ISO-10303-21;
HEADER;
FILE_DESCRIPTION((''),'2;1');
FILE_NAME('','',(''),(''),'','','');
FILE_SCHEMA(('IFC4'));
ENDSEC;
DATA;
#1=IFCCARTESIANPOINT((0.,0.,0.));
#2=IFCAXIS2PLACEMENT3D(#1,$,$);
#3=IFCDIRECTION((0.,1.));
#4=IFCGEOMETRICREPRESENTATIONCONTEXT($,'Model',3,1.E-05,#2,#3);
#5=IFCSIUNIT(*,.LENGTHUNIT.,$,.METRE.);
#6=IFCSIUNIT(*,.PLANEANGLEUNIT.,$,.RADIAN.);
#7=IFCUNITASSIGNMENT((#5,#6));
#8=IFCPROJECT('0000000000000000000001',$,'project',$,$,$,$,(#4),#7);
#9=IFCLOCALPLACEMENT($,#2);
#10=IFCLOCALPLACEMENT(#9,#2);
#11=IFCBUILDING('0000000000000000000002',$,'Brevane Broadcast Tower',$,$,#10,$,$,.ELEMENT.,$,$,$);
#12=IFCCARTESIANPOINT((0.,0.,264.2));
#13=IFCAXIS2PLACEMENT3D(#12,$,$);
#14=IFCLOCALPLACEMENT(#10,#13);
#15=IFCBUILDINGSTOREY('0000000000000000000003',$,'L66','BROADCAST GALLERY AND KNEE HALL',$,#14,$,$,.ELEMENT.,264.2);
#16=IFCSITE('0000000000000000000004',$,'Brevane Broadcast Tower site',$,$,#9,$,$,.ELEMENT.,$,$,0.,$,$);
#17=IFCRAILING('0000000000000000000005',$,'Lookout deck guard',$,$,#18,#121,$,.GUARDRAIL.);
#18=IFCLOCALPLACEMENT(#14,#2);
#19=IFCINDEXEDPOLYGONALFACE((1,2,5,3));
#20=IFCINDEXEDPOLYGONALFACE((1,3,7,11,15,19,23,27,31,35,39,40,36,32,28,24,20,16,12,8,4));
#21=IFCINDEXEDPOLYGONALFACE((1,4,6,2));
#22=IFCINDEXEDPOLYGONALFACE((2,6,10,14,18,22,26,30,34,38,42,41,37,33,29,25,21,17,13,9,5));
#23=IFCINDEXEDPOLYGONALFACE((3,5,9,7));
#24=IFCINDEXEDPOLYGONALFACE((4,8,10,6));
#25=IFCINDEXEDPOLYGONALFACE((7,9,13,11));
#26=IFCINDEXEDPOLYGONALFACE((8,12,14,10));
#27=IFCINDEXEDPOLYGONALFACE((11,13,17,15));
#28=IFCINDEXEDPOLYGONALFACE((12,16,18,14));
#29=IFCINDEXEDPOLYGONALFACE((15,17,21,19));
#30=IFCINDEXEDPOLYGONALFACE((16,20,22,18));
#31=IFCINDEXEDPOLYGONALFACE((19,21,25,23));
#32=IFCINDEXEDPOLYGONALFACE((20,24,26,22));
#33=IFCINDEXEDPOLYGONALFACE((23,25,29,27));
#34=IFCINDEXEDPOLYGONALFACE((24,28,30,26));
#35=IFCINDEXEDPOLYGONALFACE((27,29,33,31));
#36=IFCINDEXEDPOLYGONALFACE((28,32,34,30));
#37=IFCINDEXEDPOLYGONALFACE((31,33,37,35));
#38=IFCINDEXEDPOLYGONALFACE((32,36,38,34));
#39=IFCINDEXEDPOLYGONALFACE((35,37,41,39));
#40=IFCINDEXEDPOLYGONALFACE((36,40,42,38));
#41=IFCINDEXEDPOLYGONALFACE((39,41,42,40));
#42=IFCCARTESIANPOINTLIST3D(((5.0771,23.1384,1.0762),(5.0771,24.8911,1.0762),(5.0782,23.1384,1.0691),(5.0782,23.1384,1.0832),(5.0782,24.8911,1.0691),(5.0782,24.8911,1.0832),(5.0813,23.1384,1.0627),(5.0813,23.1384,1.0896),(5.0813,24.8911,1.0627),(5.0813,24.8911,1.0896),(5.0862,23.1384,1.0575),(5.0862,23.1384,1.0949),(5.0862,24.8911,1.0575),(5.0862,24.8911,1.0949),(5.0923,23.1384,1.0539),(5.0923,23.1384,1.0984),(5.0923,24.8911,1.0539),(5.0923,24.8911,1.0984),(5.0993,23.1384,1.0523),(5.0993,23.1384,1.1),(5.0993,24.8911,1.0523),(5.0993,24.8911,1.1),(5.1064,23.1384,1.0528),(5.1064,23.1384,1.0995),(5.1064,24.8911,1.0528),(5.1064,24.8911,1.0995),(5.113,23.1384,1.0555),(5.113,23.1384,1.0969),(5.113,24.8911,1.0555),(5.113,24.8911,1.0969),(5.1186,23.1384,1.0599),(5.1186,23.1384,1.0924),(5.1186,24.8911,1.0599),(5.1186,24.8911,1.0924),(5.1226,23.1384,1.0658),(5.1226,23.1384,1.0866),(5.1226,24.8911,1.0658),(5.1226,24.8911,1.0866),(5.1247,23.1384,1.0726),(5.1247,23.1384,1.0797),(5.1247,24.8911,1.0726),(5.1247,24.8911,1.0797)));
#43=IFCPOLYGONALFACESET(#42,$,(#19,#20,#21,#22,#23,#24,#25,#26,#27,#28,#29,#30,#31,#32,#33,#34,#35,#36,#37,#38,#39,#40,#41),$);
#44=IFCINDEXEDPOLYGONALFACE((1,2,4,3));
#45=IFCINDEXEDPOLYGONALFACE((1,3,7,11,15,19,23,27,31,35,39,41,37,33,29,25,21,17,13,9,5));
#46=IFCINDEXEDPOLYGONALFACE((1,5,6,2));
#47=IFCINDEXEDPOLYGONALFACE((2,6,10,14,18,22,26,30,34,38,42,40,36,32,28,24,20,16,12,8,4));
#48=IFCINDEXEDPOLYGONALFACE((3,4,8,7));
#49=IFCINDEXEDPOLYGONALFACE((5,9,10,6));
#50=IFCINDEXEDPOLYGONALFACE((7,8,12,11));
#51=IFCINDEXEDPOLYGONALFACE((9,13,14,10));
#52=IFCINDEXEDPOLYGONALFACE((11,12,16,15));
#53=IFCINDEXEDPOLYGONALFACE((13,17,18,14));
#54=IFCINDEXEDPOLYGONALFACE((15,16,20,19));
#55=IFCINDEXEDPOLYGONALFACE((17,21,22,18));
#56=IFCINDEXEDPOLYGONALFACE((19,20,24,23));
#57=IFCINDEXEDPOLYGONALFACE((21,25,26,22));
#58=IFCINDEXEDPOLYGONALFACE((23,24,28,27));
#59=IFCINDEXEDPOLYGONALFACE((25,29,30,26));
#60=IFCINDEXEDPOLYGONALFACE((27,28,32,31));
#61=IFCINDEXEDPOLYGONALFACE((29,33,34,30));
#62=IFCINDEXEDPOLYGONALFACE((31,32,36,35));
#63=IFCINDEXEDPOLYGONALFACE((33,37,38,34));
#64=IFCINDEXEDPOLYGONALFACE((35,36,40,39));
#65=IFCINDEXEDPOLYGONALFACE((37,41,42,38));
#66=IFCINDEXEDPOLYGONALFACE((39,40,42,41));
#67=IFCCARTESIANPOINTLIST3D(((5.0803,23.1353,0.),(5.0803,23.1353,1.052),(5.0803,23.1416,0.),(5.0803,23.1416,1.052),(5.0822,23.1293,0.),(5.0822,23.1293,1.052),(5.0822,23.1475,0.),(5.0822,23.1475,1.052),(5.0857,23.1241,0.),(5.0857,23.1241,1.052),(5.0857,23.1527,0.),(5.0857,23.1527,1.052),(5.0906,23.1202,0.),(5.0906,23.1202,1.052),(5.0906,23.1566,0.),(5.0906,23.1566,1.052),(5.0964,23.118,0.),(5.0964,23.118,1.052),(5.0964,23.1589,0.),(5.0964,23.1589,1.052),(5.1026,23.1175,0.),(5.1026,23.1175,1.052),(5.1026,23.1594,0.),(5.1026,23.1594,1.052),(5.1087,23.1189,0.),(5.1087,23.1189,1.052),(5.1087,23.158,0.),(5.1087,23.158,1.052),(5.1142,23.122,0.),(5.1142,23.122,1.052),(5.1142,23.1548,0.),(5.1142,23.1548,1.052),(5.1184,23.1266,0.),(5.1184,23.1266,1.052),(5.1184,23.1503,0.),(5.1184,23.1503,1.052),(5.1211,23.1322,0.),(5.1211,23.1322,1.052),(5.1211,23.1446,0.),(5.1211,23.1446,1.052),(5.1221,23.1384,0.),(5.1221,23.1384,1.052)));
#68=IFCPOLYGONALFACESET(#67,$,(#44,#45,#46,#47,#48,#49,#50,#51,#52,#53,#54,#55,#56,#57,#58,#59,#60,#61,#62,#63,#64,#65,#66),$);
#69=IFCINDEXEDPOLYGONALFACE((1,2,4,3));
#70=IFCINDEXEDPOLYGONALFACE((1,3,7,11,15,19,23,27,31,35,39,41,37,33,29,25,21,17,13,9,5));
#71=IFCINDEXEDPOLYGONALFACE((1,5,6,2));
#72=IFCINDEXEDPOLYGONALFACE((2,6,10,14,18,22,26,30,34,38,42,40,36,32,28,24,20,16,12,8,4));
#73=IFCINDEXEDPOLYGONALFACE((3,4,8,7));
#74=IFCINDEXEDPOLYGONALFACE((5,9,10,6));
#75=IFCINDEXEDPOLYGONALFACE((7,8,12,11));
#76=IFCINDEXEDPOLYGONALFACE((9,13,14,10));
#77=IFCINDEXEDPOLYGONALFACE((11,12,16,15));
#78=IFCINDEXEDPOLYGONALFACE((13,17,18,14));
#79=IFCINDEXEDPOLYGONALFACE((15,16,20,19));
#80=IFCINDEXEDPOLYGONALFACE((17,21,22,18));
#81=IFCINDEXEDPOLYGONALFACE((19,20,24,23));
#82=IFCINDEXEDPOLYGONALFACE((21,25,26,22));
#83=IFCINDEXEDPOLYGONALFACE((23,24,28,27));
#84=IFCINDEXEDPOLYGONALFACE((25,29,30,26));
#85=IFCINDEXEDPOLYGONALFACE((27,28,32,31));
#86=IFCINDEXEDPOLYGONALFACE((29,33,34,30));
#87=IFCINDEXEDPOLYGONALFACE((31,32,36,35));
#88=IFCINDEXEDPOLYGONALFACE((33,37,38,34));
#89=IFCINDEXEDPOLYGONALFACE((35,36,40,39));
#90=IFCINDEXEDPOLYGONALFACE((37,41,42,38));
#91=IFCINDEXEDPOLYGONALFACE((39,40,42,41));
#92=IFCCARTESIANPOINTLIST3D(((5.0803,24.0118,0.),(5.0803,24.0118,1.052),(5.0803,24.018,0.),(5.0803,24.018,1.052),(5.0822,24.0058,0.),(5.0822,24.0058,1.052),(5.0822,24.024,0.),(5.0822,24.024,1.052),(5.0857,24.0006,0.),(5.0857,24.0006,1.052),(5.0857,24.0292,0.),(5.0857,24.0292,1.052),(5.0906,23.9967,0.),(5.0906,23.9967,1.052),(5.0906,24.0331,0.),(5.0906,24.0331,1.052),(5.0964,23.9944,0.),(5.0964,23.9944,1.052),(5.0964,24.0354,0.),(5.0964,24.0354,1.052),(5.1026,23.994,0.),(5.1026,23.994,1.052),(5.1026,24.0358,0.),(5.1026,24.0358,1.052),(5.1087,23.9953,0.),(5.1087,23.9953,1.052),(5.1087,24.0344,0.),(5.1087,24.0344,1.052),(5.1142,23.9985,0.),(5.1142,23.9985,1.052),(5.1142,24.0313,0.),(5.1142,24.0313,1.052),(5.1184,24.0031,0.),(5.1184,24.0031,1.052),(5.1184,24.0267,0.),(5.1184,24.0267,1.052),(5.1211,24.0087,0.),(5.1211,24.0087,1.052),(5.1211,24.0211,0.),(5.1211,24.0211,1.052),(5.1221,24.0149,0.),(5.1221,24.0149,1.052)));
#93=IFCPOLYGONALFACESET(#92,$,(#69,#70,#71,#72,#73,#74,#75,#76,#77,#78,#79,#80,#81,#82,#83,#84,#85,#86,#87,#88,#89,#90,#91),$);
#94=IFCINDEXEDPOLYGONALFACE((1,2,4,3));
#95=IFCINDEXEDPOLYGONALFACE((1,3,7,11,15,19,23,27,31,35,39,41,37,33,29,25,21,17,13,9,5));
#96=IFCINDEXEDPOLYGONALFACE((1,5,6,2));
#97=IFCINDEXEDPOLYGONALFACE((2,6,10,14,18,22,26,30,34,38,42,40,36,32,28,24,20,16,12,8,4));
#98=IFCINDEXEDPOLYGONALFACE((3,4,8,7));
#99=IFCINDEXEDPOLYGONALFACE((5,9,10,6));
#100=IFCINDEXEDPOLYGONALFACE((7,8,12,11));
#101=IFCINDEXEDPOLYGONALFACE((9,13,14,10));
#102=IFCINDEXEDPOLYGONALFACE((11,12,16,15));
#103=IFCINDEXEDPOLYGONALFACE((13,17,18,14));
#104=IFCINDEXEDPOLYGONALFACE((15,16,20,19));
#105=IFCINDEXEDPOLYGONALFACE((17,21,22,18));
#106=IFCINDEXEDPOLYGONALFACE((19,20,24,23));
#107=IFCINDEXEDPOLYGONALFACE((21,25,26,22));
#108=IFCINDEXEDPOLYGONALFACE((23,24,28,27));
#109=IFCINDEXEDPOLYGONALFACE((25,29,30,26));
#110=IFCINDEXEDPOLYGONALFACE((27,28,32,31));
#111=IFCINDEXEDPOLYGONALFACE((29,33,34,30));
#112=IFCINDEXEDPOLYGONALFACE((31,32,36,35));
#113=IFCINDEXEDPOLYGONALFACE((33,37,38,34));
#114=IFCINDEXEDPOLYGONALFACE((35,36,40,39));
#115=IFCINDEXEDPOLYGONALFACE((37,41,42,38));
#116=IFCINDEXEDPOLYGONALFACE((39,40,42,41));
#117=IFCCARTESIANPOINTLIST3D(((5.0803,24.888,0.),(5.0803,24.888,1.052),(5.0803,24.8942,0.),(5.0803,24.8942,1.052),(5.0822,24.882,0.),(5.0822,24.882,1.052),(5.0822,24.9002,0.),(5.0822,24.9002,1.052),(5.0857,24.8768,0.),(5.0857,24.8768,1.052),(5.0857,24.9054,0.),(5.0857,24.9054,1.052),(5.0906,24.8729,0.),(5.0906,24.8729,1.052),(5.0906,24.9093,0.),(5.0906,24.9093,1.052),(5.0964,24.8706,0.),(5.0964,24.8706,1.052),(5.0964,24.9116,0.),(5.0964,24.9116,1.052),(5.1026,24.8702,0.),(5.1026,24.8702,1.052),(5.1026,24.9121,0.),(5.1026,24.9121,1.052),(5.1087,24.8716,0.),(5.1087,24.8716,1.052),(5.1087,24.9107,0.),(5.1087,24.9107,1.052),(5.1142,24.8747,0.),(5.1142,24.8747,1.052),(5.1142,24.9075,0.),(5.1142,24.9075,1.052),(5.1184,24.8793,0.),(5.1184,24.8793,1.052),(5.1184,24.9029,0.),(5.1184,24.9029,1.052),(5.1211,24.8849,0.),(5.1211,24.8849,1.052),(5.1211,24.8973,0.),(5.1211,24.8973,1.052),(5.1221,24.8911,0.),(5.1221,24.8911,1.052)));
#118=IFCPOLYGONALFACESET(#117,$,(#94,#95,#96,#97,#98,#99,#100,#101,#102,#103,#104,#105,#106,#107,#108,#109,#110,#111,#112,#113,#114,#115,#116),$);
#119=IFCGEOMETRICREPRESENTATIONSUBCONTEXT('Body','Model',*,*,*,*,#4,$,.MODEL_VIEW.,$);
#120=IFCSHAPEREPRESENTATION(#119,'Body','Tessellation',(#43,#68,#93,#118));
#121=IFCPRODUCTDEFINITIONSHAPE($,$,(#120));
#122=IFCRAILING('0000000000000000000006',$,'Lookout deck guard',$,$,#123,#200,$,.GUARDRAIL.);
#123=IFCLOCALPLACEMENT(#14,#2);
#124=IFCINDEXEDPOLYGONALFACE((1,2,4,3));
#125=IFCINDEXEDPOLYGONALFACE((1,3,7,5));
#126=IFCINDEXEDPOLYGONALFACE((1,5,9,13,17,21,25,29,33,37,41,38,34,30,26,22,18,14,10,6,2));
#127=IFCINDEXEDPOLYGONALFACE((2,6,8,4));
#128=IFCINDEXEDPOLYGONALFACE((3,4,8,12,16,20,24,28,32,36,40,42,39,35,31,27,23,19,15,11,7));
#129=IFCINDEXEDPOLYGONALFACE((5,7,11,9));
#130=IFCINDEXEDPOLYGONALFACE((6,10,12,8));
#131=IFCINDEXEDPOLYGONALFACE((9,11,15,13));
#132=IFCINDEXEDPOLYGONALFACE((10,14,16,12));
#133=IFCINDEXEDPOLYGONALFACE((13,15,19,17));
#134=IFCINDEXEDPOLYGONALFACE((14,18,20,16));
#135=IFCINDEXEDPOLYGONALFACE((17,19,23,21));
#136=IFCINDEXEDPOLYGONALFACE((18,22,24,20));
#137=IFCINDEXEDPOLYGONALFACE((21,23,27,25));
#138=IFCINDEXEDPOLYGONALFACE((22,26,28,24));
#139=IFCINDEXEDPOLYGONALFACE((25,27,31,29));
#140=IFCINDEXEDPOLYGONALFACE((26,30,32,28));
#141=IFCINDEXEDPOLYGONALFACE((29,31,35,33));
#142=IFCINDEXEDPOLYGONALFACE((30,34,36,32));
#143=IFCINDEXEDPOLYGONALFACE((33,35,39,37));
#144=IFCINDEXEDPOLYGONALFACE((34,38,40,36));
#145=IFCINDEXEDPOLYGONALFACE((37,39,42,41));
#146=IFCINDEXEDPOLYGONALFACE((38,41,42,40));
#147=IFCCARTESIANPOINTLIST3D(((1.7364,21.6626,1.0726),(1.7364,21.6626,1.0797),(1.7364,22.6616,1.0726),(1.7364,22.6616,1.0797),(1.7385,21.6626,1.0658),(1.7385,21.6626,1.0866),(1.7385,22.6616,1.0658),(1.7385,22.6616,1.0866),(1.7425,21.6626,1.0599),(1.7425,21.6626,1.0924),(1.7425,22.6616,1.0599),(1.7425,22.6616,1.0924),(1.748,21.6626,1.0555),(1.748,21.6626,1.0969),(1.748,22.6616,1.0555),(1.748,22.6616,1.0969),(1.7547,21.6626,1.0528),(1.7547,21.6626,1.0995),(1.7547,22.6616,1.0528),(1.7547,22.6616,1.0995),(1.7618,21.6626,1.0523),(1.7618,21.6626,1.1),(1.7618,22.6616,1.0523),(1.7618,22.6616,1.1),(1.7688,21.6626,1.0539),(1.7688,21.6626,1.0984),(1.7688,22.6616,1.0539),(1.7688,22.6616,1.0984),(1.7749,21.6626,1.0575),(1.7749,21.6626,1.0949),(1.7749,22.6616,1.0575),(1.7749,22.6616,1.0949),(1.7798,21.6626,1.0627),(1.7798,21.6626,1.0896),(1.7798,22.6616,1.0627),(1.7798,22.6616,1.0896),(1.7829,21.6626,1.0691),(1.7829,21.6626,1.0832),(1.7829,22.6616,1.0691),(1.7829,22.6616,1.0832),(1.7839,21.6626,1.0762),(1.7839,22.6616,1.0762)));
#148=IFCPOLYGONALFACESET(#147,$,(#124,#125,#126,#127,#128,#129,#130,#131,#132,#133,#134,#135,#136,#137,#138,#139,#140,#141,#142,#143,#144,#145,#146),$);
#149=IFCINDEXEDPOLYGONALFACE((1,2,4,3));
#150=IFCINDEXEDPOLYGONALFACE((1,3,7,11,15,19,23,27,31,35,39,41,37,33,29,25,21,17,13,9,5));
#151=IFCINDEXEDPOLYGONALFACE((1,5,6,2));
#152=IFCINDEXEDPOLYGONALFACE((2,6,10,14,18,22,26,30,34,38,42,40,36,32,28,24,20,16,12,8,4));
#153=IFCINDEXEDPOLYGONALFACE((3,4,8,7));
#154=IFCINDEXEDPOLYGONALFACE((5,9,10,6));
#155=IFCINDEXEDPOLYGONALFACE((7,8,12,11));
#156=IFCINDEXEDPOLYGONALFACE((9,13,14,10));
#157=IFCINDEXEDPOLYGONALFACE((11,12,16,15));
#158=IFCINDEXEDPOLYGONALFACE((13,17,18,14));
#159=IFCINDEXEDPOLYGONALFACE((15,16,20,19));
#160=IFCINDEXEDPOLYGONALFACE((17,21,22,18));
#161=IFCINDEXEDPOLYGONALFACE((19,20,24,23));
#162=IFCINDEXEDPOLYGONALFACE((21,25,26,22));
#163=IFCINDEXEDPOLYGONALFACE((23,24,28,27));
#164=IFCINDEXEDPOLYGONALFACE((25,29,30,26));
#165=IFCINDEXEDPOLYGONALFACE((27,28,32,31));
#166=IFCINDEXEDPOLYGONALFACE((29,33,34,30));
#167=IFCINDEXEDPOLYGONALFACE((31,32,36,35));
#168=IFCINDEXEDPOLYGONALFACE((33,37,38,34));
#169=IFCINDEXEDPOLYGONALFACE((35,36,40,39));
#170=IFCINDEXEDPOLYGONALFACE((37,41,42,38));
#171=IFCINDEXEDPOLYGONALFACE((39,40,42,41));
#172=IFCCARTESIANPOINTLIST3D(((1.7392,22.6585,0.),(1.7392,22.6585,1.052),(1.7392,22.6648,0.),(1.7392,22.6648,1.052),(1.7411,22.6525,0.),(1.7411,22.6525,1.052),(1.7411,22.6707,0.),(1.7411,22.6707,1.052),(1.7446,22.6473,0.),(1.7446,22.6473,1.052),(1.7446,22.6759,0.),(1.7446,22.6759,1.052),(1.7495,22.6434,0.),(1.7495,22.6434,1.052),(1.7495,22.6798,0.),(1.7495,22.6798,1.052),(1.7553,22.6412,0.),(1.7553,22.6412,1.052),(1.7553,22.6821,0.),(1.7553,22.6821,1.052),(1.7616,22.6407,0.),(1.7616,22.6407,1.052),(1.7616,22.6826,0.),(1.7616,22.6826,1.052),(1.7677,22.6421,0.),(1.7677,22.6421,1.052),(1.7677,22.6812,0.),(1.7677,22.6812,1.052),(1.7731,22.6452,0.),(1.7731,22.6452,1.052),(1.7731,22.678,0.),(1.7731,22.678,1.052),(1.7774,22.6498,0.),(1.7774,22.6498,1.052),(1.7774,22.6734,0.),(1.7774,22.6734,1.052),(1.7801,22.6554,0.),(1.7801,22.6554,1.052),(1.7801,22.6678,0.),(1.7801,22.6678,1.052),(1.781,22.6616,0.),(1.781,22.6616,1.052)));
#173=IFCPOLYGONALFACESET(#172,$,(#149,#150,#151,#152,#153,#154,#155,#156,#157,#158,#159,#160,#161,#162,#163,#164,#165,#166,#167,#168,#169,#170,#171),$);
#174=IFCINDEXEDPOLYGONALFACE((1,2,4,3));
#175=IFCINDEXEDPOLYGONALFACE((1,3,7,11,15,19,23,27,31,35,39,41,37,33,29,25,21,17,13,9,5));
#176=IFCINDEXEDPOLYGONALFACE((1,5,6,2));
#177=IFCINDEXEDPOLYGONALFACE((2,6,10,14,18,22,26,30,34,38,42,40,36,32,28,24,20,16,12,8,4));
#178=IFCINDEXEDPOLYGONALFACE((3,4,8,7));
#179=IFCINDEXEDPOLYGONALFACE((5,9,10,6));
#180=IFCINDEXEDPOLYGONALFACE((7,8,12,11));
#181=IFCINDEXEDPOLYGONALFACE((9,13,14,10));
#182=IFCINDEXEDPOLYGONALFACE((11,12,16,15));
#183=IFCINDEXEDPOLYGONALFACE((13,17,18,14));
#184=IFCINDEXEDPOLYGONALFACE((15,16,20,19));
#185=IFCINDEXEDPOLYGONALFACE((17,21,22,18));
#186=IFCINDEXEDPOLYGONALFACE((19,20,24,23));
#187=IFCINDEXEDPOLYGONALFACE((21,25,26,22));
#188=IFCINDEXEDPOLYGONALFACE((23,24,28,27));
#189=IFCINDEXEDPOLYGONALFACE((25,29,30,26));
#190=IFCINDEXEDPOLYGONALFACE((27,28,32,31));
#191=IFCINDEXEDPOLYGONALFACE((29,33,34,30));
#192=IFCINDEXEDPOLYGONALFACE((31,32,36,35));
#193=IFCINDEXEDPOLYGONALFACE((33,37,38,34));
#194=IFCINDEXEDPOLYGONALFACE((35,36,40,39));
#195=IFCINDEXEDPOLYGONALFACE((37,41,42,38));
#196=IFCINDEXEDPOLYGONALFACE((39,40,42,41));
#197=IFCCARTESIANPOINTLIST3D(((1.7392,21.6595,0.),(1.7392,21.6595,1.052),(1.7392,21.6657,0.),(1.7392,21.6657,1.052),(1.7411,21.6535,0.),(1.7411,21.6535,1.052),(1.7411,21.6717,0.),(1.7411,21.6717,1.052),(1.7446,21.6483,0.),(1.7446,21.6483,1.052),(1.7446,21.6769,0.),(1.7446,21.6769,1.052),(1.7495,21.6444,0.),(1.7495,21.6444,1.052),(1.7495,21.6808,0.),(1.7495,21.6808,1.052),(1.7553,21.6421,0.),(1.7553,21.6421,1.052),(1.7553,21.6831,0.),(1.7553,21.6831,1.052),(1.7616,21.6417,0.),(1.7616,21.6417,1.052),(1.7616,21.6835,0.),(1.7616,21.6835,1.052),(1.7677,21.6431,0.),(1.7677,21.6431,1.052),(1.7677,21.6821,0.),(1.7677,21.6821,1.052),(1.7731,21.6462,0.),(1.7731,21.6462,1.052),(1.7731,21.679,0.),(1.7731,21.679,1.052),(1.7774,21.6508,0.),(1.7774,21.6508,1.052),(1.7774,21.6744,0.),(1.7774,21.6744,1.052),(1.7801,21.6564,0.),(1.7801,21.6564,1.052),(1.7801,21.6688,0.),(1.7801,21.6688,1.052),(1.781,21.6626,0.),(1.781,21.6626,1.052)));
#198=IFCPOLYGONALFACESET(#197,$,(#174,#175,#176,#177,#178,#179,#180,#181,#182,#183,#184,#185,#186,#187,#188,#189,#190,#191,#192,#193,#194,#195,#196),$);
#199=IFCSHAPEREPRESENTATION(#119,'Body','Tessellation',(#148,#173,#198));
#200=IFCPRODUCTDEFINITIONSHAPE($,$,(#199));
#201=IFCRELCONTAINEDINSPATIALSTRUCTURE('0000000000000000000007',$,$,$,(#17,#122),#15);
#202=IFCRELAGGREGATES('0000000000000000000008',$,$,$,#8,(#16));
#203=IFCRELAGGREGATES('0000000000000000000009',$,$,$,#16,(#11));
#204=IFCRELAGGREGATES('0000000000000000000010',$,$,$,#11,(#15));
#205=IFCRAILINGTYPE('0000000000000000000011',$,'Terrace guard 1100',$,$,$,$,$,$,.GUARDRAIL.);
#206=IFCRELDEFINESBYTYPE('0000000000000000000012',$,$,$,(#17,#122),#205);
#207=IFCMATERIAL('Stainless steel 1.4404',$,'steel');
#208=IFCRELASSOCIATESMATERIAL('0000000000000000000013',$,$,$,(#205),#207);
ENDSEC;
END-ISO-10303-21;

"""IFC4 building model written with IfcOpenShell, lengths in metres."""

from ifc_helpers import new_model, si_unit, direction, frame, origin, origin_2d, place, context, subcontext, project, spatial, circle, extrude, material, type_object, element, save


model = new_model("IFC4")

# Units and contexts
model_context = context("Model", 3, precision=1e-05, world=origin(), true_north=direction((0.0, 1.0)))
body_context = subcontext(model_context, "Body", "Model", "MODEL_VIEW")
ifc_project = project(units=[si_unit("LENGTHUNIT", "METRE"), si_unit("PLANEANGLEUNIT", "RADIAN")], contexts=[model_context])

# Site, building, storey
site_placement = place(None, origin())
site = spatial("IfcSite", under=ifc_project, at=site_placement, Name="Brevane Broadcast Tower site", CompositionType="ELEMENT", RefElevation=0.0)
building_placement = place(site_placement, origin())
building = spatial("IfcBuilding", under=site, at=building_placement, Name="Brevane Broadcast Tower", CompositionType="ELEMENT")
storey_placement = place(building_placement, frame((0.0, 0.0, 264.2)))
storey = spatial("IfcBuildingStorey", under=building, at=storey_placement, Name="L66", Description="BROADCAST GALLERY AND KNEE HALL", CompositionType="ELEMENT", Elevation=264.2)

# Railings
ifc_material_1 = material(Name="Stainless steel 1.4404", Category="steel")
railing_type_1 = type_object("IfcRailingType", Name="Terrace guard 1100", PredefinedType="GUARDRAIL", material=ifc_material_1)
railing_1_placement = place(storey_placement, frame((5.1011, 23.1384, 0.0)))
element("IfcRailing", 1, at=railing_1_placement, inside=storey, type_object=railing_type_1, Name="Lookout deck guard", PredefinedType="GUARDRAIL", context=body_context, shape_type="SweptSolid", body=[
    extrude(circle(Radius=0.0239, at=origin_2d()), frame((0.0, 0.0, 1.0762), z_axis=(0.0, 1.0, 0.0), x_axis=(-1.0, 0.0, 0.0)), (0.0, 0.0, 1.0), 1.7527),
    extrude(circle(Radius=0.021, at=origin_2d()), origin(), (0.0, 0.0, 1.0), 1.052),
    extrude(circle(Radius=0.021, at=origin_2d()), frame((0.0, 0.8765, 0.0)), (0.0, 0.0, 1.0), 1.052),
    extrude(circle(Radius=0.021, at=origin_2d()), frame((0.0, 1.7527, 0.0)), (0.0, 0.0, 1.0), 1.052),
])
railing_2_placement = place(storey_placement, frame((1.76, 22.6616, 0.0)))
element("IfcRailing", 2, at=railing_2_placement, inside=storey, type_object=railing_type_1, Name="Lookout deck guard", PredefinedType="GUARDRAIL", context=body_context, shape_type="SweptSolid", body=[
    extrude(circle(Radius=0.0239, at=origin_2d()), frame((0.0, 0.0, 1.0762), z_axis=(0.0, -1.0, 0.0), x_axis=(1.0, 0.0, 0.0)), (0.0, 0.0, 1.0), 0.999),
    extrude(circle(Radius=0.021, at=origin_2d()), origin(), (0.0, 0.0, 1.0), 1.052),
    extrude(circle(Radius=0.021, at=origin_2d()), frame((0.0, -0.999, 0.0)), (0.0, 0.0, 1.0), 1.052),
])

save(model, "model.ifc")
